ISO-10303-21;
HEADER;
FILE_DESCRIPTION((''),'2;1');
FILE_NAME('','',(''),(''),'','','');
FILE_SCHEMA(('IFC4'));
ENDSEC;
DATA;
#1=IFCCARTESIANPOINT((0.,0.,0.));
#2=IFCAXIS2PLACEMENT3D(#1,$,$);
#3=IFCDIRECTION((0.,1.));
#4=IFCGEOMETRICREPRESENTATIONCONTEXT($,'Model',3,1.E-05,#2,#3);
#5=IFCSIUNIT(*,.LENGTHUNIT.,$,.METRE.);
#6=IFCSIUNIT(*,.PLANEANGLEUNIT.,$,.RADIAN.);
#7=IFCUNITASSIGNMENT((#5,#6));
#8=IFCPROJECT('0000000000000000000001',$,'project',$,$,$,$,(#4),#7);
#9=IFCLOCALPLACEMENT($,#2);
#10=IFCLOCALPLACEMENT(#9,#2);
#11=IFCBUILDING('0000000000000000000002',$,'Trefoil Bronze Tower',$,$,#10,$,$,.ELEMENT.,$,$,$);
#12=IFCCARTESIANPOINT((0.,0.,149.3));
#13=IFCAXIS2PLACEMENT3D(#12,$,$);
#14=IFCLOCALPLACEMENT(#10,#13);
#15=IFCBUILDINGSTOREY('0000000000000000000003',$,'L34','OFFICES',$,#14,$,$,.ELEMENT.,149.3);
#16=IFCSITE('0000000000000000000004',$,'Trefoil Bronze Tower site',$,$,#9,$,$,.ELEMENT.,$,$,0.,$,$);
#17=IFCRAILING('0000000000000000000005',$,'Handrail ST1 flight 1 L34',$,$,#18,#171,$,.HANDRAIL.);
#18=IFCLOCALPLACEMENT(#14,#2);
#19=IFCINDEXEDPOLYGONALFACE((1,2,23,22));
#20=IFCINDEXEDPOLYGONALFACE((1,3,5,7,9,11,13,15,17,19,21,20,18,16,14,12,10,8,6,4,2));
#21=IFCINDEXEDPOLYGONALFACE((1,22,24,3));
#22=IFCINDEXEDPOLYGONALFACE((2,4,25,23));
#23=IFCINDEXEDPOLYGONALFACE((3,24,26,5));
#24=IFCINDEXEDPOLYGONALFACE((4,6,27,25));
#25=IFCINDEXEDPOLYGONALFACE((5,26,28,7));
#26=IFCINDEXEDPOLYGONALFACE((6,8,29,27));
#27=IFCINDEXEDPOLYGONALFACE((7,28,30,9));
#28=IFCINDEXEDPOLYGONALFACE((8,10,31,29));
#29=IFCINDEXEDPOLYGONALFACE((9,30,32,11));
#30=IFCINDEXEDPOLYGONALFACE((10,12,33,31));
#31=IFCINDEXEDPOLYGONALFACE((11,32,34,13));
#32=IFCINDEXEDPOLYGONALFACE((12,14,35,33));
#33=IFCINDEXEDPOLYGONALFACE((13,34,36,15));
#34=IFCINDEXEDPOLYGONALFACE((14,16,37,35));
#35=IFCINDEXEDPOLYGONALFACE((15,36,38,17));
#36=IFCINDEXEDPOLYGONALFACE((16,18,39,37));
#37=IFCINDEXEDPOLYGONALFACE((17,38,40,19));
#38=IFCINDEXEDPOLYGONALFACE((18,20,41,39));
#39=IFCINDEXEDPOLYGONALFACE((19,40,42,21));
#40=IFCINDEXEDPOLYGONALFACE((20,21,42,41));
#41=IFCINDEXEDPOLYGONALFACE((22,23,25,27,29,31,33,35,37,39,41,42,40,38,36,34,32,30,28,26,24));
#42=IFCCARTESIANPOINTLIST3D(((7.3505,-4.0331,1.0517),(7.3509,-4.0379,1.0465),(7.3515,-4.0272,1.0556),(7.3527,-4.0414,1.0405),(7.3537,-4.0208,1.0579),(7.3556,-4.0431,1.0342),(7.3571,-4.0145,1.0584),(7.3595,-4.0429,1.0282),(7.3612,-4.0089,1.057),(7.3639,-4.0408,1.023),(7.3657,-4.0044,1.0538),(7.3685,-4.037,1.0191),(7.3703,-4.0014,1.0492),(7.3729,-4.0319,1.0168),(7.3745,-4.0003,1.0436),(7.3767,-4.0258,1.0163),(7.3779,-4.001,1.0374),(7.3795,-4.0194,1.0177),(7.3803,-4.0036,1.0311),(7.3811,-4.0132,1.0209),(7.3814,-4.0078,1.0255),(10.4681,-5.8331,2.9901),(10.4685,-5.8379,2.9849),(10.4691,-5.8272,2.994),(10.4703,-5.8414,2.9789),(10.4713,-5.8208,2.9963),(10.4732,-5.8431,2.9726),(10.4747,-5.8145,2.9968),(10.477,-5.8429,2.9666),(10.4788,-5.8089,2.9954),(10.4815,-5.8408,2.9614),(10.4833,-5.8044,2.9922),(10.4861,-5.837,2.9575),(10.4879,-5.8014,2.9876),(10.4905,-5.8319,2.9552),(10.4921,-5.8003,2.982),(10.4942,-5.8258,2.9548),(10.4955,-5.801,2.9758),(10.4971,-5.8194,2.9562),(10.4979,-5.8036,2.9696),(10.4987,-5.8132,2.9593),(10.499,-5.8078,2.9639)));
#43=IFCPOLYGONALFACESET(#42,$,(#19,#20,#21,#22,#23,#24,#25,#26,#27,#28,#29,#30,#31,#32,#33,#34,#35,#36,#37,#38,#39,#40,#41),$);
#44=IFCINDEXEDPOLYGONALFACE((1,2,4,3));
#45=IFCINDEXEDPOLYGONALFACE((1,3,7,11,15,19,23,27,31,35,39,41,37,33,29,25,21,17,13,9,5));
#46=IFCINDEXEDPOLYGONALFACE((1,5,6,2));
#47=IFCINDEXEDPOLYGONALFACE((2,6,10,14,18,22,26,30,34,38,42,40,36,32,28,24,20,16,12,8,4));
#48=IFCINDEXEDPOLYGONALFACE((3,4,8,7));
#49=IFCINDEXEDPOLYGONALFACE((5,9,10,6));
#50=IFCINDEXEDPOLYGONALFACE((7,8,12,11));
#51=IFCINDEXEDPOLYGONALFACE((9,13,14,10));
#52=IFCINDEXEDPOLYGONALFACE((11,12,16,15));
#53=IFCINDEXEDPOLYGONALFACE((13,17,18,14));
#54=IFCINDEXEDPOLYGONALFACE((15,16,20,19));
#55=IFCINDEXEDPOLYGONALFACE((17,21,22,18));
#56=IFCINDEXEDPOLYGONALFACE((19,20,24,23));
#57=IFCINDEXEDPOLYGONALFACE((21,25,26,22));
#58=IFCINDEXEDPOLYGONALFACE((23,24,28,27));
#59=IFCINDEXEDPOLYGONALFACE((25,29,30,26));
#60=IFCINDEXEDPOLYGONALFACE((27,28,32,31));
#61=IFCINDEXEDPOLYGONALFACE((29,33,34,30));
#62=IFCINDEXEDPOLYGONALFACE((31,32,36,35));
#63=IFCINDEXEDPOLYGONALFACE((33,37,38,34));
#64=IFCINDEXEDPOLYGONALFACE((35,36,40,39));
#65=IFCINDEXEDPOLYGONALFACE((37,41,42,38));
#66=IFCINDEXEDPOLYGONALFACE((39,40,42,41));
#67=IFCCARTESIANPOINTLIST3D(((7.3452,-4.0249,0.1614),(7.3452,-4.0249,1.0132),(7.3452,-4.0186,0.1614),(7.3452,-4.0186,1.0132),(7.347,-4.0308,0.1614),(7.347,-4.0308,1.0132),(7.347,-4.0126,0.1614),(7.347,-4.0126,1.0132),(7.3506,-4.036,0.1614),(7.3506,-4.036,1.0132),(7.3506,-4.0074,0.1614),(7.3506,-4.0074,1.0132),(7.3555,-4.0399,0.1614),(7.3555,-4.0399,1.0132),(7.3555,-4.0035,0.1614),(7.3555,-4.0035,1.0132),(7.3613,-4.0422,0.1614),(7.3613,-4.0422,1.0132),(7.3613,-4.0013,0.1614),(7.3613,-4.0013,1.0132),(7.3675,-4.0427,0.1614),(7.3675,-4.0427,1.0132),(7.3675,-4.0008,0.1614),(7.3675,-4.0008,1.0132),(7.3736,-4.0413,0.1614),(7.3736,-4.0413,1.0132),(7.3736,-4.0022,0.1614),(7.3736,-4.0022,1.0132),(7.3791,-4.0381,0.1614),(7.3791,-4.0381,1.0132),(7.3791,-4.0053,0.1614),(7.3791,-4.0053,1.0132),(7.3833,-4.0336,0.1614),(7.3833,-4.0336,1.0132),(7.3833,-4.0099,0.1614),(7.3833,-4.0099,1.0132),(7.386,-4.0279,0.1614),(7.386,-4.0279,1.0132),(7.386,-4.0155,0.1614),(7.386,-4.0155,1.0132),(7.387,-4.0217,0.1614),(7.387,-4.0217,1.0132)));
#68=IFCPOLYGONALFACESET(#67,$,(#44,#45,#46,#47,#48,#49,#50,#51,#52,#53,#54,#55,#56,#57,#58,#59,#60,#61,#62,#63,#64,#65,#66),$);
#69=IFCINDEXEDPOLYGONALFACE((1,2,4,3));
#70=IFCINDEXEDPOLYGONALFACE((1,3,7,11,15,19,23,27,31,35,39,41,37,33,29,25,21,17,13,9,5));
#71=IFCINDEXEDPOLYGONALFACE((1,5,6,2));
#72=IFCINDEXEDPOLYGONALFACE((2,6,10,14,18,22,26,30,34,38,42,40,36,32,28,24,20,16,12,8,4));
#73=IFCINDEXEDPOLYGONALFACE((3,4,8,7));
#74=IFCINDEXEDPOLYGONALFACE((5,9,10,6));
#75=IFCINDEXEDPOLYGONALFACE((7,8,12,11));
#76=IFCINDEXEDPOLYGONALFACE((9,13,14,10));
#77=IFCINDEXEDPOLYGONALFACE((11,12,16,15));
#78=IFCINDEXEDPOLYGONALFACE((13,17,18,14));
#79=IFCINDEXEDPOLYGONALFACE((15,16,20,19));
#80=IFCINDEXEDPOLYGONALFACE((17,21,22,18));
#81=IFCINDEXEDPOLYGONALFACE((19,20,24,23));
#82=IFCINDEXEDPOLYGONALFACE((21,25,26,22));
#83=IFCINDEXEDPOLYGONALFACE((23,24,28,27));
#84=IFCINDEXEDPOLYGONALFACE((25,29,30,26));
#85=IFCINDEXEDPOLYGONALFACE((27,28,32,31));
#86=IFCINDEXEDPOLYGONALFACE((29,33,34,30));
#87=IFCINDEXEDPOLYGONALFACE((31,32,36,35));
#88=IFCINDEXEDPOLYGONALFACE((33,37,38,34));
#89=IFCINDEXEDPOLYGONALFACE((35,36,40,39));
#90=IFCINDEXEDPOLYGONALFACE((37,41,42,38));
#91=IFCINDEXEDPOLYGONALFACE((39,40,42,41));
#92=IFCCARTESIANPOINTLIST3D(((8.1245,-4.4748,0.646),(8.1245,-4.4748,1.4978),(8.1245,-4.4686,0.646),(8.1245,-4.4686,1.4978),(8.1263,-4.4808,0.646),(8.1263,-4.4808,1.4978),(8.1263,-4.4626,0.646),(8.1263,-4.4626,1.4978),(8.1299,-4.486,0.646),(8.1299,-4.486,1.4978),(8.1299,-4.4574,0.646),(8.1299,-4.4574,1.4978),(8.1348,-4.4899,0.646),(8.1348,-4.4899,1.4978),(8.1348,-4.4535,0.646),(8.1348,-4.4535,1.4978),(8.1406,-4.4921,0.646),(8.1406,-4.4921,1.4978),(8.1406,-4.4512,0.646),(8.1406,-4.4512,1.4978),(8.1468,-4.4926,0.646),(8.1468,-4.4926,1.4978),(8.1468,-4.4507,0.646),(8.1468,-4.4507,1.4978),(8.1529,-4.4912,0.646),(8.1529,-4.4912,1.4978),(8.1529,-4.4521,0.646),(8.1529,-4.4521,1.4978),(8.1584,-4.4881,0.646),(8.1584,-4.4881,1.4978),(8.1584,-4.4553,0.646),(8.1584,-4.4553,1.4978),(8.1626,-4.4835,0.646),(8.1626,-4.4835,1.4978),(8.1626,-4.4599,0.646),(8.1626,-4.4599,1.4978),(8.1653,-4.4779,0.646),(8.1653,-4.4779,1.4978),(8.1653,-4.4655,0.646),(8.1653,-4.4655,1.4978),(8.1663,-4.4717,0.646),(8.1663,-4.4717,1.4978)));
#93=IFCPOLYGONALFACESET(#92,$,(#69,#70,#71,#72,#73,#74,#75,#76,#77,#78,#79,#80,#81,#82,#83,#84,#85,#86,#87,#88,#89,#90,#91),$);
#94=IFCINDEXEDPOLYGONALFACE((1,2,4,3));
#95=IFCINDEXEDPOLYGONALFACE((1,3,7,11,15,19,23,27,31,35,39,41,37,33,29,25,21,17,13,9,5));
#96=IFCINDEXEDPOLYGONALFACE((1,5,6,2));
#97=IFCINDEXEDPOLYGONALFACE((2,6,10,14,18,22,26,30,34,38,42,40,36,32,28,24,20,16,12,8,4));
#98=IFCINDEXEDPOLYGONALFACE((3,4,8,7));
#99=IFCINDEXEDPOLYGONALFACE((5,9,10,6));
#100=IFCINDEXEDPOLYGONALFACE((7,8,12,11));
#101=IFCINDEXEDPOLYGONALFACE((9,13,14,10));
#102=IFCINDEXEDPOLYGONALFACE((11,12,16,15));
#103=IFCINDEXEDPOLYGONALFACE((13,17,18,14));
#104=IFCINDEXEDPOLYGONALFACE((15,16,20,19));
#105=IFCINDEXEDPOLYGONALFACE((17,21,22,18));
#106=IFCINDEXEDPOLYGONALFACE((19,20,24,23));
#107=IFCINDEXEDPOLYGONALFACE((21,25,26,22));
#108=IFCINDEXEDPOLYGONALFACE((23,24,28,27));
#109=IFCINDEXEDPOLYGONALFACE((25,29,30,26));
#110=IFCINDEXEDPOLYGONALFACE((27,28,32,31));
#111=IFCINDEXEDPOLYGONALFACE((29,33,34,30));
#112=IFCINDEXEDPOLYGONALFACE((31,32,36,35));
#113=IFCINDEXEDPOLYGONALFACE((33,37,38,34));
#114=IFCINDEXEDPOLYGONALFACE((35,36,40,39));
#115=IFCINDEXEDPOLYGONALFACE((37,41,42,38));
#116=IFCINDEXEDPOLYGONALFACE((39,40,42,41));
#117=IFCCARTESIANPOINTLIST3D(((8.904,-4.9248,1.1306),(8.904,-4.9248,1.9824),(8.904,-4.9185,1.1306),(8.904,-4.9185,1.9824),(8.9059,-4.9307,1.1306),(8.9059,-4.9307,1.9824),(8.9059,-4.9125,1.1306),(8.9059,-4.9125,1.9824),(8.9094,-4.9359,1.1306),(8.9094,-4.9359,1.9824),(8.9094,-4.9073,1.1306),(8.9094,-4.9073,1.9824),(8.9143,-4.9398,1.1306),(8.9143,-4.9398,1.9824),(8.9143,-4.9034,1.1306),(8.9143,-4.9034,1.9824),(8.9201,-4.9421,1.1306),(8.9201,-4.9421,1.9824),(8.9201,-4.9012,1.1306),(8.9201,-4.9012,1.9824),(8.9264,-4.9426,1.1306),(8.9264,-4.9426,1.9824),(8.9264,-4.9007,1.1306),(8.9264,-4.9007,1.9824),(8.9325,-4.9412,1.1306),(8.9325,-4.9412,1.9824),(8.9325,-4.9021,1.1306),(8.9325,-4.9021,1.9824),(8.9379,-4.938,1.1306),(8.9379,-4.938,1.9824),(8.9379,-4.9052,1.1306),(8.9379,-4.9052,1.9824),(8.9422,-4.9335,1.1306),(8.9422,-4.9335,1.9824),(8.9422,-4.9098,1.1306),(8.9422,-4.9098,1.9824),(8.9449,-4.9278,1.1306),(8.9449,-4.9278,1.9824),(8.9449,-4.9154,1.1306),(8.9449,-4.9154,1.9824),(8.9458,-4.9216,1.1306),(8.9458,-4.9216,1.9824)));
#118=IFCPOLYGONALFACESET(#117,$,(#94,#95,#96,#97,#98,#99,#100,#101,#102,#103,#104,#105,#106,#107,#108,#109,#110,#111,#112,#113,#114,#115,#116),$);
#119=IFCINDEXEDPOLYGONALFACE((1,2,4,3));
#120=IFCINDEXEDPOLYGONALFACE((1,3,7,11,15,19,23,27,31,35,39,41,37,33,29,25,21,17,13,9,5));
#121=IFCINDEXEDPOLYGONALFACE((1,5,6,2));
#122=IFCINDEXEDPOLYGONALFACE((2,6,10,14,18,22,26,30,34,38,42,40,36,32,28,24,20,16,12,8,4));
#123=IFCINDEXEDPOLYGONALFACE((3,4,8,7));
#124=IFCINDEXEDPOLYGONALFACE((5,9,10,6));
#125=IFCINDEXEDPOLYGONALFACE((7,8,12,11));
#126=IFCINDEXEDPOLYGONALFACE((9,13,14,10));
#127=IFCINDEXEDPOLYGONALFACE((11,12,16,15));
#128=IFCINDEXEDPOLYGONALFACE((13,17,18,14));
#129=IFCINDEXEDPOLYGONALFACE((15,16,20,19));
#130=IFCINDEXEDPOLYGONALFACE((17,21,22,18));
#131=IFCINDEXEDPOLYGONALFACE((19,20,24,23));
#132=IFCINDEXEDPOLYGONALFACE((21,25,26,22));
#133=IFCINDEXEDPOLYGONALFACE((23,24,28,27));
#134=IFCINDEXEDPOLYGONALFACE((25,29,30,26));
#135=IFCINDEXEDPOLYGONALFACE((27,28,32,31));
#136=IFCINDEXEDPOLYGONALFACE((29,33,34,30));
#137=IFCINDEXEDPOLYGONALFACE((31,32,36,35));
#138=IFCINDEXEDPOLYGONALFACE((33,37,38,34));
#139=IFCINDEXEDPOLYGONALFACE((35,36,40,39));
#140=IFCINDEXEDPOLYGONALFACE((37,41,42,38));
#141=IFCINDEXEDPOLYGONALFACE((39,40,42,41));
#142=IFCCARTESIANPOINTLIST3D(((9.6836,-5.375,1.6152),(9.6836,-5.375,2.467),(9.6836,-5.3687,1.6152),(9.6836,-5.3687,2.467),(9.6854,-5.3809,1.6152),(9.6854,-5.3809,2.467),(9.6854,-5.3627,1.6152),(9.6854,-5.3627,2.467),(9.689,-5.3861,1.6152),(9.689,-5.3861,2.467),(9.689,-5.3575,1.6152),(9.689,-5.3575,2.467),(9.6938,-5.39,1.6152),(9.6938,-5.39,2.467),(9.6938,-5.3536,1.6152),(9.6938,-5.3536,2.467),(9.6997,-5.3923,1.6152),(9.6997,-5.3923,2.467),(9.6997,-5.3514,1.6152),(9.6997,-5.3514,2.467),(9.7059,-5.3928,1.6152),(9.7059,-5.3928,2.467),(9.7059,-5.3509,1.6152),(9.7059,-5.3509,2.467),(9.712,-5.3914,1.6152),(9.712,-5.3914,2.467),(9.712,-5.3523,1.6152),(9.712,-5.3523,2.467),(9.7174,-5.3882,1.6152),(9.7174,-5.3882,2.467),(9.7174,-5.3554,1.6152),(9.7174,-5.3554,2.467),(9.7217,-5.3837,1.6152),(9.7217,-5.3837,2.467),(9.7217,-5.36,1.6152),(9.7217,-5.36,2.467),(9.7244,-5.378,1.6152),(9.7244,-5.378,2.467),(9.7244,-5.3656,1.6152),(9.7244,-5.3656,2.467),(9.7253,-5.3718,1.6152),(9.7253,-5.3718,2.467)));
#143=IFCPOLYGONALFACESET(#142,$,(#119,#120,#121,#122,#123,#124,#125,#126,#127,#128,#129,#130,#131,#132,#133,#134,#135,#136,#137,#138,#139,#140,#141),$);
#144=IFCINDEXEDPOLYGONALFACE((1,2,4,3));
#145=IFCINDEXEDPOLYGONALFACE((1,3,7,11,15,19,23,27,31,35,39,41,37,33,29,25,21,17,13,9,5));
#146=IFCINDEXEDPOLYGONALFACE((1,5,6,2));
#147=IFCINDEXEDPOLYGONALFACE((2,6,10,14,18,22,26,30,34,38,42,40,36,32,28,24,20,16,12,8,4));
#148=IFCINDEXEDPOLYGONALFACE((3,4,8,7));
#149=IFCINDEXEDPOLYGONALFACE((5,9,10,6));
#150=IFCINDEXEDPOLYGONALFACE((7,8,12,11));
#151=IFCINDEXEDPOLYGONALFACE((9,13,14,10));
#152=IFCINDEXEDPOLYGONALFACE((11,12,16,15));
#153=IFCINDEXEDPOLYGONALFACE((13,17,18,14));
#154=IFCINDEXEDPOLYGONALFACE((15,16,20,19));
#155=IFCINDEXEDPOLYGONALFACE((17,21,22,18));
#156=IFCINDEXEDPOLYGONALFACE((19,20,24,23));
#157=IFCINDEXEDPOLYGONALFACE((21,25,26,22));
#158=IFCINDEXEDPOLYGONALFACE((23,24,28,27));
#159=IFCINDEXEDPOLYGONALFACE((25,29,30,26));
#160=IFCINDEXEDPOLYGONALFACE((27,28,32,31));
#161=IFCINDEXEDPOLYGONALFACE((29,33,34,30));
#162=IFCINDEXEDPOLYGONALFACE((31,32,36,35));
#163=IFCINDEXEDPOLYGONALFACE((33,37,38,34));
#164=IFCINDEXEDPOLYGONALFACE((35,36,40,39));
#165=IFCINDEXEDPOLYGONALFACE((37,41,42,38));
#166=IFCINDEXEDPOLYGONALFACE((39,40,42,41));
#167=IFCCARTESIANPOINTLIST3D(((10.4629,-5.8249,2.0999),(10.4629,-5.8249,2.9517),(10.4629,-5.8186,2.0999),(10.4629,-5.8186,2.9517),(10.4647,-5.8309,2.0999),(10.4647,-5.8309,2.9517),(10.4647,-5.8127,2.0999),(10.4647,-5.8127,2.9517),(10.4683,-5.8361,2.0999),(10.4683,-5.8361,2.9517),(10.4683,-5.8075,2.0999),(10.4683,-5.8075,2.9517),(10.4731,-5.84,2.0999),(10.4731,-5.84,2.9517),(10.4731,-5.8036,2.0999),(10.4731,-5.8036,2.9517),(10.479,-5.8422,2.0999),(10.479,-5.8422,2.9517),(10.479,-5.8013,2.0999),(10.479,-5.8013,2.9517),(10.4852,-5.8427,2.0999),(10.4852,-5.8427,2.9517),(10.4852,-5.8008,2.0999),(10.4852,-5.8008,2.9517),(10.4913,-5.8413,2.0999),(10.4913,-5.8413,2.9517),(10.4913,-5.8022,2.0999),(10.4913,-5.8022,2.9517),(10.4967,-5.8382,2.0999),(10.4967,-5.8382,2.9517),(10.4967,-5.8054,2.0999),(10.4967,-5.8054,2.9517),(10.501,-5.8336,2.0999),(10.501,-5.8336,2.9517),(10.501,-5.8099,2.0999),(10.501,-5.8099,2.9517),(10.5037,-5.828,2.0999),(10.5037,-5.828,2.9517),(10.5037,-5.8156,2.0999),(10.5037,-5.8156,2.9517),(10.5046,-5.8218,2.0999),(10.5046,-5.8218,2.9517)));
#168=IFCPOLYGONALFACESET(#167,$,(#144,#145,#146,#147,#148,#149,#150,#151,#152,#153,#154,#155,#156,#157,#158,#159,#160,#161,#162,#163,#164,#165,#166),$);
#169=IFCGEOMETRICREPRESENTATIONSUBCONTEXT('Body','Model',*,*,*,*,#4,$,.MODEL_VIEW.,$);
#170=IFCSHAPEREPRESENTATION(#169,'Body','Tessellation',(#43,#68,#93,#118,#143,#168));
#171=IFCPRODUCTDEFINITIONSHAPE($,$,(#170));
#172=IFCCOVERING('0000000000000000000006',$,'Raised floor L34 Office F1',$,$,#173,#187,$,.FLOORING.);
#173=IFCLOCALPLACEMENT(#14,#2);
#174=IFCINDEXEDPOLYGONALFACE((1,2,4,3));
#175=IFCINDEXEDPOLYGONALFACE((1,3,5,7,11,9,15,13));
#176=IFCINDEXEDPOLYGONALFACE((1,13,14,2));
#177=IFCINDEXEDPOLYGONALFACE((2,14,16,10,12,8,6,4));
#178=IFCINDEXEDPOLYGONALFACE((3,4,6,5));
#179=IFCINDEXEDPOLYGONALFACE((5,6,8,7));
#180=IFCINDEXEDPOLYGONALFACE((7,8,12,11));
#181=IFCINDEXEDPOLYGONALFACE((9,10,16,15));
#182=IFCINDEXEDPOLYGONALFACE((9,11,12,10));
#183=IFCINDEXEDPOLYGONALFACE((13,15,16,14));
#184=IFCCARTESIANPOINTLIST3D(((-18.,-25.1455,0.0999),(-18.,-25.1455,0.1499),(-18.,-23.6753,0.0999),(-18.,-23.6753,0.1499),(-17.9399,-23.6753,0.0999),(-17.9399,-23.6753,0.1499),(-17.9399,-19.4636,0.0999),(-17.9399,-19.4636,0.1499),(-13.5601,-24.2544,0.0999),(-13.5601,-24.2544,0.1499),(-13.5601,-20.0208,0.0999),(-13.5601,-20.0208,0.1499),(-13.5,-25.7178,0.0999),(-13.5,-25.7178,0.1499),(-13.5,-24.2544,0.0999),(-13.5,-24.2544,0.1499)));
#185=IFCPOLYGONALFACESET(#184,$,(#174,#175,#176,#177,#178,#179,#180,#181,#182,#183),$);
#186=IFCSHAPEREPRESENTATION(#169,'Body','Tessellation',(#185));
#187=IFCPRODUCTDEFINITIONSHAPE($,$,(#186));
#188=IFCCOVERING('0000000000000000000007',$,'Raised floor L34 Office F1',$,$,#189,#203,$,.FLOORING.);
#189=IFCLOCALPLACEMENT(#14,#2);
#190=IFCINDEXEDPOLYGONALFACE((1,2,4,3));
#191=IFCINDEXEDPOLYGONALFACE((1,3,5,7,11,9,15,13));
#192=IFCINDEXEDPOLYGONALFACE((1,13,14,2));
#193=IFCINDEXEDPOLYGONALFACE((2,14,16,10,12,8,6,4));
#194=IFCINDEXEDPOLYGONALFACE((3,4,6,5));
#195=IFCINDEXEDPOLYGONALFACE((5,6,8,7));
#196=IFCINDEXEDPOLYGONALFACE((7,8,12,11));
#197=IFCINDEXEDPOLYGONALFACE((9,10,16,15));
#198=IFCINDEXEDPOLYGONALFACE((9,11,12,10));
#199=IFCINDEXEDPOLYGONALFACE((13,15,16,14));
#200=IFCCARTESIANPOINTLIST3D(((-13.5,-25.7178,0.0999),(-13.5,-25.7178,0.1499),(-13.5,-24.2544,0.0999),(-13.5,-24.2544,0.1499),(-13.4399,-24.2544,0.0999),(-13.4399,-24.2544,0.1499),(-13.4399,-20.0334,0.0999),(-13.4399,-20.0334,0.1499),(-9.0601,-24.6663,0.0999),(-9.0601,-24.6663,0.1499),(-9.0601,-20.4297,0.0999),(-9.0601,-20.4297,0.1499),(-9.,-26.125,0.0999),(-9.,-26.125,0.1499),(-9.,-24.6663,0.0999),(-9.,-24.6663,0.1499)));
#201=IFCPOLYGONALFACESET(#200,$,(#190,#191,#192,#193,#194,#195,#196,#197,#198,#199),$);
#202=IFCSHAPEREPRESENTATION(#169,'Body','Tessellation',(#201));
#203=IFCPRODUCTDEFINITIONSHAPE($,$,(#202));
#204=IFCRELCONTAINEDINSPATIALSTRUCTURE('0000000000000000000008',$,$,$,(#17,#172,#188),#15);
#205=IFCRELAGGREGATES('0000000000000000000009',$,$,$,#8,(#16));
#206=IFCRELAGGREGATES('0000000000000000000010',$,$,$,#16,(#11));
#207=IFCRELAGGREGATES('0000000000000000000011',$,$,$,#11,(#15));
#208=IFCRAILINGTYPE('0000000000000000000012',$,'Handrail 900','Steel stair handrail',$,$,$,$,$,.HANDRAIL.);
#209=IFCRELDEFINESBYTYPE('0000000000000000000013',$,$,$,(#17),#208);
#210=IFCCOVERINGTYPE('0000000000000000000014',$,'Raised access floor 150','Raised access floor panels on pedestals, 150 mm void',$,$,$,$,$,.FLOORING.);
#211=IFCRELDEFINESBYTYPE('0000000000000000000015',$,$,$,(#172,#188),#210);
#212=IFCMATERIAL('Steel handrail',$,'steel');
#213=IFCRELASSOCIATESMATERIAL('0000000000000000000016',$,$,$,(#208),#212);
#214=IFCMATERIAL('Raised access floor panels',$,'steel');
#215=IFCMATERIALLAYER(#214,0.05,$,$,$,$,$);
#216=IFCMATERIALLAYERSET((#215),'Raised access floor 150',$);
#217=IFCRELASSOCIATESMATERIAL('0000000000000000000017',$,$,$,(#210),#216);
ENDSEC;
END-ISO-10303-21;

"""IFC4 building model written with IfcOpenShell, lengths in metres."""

from ifc_helpers import new_model, si_unit, direction, frame, origin, origin_2d, place, context, subcontext, project, spatial, polyline, circle, outline, extrude, material, layer, layer_set, type_object, element, save


model = new_model("IFC4")

# Units and contexts
model_context = context("Model", 3, precision=1e-05, world=origin(), true_north=direction((0.0, 1.0)))
body_context = subcontext(model_context, "Body", "Model", "MODEL_VIEW")
ifc_project = project(units=[si_unit("LENGTHUNIT", "METRE"), si_unit("PLANEANGLEUNIT", "RADIAN")], contexts=[model_context])

# Site, building, storey
site_placement = place(None, origin())
site = spatial("IfcSite", under=ifc_project, at=site_placement, Name="Trefoil Bronze Tower site", CompositionType="ELEMENT", RefElevation=0.0)
building_placement = place(site_placement, origin())
building = spatial("IfcBuilding", under=site, at=building_placement, Name="Trefoil Bronze Tower", CompositionType="ELEMENT")
storey_placement = place(building_placement, frame((0.0, 0.0, 149.3)))
storey = spatial("IfcBuildingStorey", under=building, at=storey_placement, Name="L34", Description="OFFICES", CompositionType="ELEMENT", Elevation=149.3)

# Railing
ifc_material_1 = material(Name="Steel handrail", Category="steel")
railing_type = type_object("IfcRailingType", Name="Handrail 900", Description="Steel stair handrail", PredefinedType="HANDRAIL", material=ifc_material_1)
railing_placement = place(storey_placement, frame((7.366, -4.0217, 0.1614)))
element("IfcRailing", 1, at=railing_placement, inside=storey, type_object=railing_type, Name="Handrail ST1 flight 1 L34", PredefinedType="HANDRAIL", context=body_context, shape_type="SweptSolid", body=[
    extrude(circle(Radius=0.0239, at=origin_2d()), frame((0.0, 0.0, 0.876), z_axis=(0.762503, -0.440246, 0.474102), x_axis=(0.500012, 0.866018, 0.0)), (0.0, 0.0, 1.0), 4.0886),
    extrude(circle(Radius=0.021, at=origin_2d()), origin(), (0.0, 0.0, 1.0), 0.8518),
    extrude(circle(Radius=0.021, at=origin_2d()), frame((0.7793, -0.45, 0.4846)), (0.0, 0.0, 1.0), 0.8518),
    extrude(circle(Radius=0.021, at=origin_2d()), frame((1.5588, -0.8999, 0.9692)), (0.0, 0.0, 1.0), 0.8518),
    extrude(circle(Radius=0.021, at=origin_2d()), frame((2.3384, -1.3501, 1.4539)), (0.0, 0.0, 1.0), 0.8518),
    extrude(circle(Radius=0.021, at=origin_2d()), frame((3.1177, -1.8, 1.9385)), (0.0, 0.0, 1.0), 0.8518),
])

# Coverings
ifc_material_2 = material(Name="Raised access floor panels", Category="steel")
ifc_layer_1 = layer(ifc_material_2, 0.05)
ifc_layer_set_1 = layer_set([ifc_layer_1], Name="Raised access floor 150")
covering_type_1 = type_object("IfcCoveringType", Name="Raised access floor 150", Description="Raised access floor panels on pedestals, 150 mm void", PredefinedType="FLOORING", material=ifc_layer_set_1)
covering_1_placement = place(storey_placement, frame((0.0, 0.0, 0.0999)))
element("IfcCovering", 2, at=covering_1_placement, inside=storey, type_object=covering_type_1, Name="Raised floor L34 Office F1", PredefinedType="FLOORING", context=body_context, shape_type="SweptSolid", body=[
    extrude(outline(polyline([(-13.5, -25.7178), (-18.0, -25.1455), (-18.0, -23.6753), (-17.9399, -23.6753), (-17.9399, -19.4636), (-13.5601, -20.0208), (-13.5601, -24.2544), (-13.5, -24.2544), (-13.5, -25.7178)])), origin(), (0.0, 0.0, 1.0), 0.05),
])
covering_2_placement = place(storey_placement, frame((0.0, 0.0, 0.0999)))
element("IfcCovering", 3, at=covering_2_placement, inside=storey, type_object=covering_type_1, Name="Raised floor L34 Office F1", PredefinedType="FLOORING", context=body_context, shape_type="SweptSolid", body=[
    extrude(outline(polyline([(-9.0, -26.125), (-13.5, -25.7178), (-13.5, -24.2544), (-13.4399, -24.2544), (-13.4399, -20.0334), (-9.0601, -20.4297), (-9.0601, -24.6663), (-9.0, -24.6663), (-9.0, -26.125)])), origin(), (0.0, 0.0, 1.0), 0.05),
])

save(model, "model.ifc")
